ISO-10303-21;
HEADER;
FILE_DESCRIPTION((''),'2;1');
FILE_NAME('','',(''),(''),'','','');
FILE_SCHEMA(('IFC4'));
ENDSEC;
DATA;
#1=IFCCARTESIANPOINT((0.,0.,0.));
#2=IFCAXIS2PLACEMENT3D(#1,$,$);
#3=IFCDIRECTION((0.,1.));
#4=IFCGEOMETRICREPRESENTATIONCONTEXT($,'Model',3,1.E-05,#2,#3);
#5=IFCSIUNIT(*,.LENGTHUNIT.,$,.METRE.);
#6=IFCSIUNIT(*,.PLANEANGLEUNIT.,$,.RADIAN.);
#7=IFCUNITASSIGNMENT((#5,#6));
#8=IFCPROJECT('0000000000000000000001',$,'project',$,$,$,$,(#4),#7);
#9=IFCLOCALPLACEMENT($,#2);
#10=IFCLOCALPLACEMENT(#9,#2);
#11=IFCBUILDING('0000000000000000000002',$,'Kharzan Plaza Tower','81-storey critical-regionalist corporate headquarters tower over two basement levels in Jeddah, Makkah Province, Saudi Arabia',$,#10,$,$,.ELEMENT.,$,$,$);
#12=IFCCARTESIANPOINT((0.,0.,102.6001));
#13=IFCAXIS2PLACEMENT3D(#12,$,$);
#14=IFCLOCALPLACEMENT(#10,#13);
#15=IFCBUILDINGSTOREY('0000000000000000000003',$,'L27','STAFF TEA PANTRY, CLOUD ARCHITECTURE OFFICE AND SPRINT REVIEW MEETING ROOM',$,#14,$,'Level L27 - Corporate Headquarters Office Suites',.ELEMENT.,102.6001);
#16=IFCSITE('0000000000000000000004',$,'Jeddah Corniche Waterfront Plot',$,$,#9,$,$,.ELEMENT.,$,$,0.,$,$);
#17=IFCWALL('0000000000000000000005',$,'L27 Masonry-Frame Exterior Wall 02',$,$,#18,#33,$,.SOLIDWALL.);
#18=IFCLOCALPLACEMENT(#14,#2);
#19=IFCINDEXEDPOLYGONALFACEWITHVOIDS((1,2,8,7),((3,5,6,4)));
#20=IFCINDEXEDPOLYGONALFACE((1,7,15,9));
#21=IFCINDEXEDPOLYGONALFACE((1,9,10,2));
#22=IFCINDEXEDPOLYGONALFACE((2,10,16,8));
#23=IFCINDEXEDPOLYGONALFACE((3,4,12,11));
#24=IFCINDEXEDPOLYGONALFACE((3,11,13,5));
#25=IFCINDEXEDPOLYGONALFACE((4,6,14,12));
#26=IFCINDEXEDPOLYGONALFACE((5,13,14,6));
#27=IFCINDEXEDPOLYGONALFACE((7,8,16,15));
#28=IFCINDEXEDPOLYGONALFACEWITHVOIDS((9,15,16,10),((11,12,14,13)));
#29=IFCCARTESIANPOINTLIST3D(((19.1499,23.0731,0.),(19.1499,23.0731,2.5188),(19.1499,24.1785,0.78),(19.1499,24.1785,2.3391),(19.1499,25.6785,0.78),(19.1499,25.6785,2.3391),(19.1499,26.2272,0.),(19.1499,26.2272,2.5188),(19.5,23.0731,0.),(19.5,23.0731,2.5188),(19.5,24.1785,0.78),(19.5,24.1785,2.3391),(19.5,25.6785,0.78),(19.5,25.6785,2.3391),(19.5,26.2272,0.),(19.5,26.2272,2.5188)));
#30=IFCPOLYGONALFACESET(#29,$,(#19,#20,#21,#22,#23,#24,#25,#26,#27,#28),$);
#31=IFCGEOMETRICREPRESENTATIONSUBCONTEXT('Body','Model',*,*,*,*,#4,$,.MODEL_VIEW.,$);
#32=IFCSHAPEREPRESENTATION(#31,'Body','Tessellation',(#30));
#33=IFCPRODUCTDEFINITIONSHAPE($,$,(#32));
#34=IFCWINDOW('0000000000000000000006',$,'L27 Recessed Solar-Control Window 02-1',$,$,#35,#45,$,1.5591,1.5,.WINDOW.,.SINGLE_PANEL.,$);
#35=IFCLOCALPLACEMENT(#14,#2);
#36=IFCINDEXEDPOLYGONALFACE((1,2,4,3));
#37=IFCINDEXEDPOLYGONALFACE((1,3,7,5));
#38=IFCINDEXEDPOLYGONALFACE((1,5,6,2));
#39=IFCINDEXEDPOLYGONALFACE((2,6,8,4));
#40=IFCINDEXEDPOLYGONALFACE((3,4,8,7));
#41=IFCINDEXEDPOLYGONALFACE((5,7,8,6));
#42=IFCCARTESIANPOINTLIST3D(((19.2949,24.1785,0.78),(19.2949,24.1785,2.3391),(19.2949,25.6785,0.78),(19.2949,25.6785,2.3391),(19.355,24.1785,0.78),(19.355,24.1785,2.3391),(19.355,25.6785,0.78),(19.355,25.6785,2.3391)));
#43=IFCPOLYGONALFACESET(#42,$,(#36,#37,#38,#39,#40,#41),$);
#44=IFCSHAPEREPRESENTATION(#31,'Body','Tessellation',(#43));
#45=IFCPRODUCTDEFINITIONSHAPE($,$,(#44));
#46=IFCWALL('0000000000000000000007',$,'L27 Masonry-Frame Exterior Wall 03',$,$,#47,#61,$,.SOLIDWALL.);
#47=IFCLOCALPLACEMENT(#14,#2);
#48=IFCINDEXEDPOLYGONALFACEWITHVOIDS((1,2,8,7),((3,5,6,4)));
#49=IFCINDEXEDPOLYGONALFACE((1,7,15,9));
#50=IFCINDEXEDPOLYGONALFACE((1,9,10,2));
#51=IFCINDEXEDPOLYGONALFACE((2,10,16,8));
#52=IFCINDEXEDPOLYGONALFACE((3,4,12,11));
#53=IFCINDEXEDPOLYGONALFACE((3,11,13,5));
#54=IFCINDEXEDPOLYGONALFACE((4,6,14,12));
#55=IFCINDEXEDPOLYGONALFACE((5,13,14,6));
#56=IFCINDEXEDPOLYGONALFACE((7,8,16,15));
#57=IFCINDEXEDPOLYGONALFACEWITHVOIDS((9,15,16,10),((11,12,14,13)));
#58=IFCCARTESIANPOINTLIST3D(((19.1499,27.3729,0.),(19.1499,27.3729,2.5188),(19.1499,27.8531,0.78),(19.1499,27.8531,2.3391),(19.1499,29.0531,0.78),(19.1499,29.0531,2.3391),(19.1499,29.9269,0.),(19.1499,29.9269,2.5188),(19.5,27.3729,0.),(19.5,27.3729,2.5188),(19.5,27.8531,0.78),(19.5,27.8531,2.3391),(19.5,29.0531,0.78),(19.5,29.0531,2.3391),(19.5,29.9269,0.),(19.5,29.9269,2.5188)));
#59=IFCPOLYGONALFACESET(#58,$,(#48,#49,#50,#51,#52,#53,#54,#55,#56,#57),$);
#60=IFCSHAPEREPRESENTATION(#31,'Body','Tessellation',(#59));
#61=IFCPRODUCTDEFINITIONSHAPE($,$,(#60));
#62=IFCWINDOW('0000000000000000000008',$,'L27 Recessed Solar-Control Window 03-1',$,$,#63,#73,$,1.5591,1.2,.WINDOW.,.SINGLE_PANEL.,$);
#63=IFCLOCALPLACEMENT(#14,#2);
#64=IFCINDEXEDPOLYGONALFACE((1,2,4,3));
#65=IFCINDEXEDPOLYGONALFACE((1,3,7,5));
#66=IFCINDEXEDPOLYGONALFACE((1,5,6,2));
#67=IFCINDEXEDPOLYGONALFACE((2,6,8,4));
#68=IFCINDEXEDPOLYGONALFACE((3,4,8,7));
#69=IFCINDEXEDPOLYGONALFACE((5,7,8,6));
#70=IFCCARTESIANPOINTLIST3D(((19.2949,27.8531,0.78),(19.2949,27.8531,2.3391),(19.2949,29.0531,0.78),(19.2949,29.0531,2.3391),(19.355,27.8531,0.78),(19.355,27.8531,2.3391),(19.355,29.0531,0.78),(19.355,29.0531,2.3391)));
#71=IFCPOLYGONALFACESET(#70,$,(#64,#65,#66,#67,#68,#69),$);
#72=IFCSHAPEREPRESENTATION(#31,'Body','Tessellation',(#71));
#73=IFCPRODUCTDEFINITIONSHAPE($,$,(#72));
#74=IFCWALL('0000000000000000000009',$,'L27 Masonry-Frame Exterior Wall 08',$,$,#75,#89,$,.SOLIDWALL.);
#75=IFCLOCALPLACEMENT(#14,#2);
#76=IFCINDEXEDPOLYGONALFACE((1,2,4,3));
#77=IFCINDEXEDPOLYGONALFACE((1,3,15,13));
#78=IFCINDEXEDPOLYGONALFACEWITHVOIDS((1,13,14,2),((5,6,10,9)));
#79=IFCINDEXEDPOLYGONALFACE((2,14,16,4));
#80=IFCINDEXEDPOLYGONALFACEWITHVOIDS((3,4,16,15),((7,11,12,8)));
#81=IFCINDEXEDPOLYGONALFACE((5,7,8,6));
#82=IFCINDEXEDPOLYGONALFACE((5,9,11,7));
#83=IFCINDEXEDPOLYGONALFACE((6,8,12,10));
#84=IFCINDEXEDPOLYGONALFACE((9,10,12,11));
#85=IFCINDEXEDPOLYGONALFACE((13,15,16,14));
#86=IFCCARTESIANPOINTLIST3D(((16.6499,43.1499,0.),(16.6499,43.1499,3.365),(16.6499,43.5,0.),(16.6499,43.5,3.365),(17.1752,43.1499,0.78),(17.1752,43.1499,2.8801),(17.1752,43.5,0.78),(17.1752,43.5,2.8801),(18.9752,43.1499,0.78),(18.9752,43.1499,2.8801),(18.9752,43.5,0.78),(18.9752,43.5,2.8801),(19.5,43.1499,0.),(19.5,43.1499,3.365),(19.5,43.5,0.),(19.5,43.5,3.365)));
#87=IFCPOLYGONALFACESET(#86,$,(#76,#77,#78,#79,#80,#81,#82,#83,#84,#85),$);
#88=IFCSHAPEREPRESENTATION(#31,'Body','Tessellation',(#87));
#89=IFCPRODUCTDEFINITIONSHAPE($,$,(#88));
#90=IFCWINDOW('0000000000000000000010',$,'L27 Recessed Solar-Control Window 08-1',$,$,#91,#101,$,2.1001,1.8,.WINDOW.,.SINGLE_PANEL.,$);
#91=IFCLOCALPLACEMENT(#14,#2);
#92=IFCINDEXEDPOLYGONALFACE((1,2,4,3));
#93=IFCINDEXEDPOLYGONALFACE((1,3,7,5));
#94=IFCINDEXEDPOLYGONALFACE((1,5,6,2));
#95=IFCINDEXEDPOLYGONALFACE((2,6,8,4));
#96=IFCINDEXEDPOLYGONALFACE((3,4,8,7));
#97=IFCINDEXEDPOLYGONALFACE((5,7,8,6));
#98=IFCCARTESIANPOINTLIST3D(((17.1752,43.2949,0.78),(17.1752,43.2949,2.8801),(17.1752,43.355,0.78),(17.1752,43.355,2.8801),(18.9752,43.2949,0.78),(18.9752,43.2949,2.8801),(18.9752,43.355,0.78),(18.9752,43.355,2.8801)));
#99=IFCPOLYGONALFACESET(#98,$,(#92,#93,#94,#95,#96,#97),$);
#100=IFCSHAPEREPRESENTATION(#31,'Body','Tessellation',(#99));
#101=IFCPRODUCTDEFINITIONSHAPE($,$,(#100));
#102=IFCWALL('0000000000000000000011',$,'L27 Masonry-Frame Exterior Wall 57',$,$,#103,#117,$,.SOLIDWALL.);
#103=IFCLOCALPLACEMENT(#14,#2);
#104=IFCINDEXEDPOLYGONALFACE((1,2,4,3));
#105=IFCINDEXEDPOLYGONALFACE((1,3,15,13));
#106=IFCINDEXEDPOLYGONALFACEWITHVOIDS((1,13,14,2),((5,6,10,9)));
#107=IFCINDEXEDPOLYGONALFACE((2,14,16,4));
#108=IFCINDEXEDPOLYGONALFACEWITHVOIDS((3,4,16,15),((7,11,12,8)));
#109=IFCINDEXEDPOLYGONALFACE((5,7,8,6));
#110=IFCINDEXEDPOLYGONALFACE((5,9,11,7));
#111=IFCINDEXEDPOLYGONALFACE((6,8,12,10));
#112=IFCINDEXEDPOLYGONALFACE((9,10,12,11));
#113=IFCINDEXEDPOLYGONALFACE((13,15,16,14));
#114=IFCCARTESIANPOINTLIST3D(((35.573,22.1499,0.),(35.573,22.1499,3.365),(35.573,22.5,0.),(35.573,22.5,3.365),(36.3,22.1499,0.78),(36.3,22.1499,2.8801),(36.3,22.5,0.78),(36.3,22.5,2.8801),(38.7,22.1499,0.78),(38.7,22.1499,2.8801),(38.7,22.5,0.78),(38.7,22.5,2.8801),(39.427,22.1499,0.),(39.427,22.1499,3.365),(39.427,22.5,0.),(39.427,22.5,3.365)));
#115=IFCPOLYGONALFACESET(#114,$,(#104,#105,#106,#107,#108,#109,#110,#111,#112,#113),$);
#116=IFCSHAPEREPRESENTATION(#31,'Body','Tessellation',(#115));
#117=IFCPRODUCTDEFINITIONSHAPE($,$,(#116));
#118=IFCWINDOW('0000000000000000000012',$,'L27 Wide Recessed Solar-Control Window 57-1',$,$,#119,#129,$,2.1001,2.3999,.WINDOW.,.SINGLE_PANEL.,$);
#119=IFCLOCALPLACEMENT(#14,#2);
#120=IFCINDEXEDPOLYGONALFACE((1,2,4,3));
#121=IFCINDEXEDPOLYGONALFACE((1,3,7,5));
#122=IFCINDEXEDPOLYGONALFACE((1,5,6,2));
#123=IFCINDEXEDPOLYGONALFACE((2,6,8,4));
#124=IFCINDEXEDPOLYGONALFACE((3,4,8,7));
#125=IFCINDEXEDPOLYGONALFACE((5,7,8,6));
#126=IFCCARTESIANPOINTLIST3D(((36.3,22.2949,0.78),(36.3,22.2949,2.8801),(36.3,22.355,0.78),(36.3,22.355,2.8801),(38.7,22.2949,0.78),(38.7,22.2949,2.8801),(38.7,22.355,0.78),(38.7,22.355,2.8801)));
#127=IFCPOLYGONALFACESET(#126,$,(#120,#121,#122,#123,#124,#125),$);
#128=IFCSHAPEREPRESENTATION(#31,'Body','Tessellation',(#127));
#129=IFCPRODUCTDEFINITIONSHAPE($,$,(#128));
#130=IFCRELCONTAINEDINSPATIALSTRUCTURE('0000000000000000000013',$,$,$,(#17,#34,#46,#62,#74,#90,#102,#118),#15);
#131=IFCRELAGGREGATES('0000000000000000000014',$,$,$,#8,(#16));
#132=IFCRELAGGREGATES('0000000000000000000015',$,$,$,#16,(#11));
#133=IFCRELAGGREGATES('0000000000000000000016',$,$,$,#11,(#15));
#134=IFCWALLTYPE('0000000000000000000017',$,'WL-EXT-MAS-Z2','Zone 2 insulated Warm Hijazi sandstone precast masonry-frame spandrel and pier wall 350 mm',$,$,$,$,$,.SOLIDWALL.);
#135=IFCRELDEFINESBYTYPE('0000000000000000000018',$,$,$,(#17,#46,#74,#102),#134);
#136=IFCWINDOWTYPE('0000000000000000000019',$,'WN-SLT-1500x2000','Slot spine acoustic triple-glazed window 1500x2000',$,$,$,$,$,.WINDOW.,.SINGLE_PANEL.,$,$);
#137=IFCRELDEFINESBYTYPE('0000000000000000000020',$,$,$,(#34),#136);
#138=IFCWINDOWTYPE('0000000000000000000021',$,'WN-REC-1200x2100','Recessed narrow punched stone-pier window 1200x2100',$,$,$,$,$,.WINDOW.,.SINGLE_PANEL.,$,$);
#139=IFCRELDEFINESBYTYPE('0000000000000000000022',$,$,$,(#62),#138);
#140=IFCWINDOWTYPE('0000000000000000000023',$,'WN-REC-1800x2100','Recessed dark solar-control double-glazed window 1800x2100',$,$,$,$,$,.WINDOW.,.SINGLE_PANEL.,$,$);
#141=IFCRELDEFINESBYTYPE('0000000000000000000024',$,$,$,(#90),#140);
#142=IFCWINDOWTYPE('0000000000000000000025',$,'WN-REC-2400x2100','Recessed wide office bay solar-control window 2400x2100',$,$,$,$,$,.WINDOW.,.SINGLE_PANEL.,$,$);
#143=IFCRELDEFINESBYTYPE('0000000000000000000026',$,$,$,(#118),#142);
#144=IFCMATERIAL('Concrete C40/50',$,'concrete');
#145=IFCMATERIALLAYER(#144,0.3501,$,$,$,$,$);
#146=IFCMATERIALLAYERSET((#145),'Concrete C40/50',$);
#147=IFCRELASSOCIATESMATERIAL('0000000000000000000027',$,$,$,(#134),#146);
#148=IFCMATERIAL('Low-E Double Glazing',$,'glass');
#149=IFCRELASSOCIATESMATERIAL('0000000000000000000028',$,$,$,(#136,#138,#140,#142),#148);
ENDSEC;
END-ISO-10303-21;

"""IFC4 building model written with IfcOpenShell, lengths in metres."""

from ifc_helpers import new_model, si_unit, direction, frame, frame_2d, origin, place, context, subcontext, project, spatial, rectangle, extrude, source, transform, mapped, material, layer, layer_set, type_object, element, fill, save


model = new_model("IFC4")

# Units and contexts
model_context = context("Model", 3, precision=1e-05, world=origin(), true_north=direction((0.0, 1.0)))
body_context = subcontext(model_context, "Body", "Model", "MODEL_VIEW")
ifc_project = project(units=[si_unit("LENGTHUNIT", "METRE"), si_unit("PLANEANGLEUNIT", "RADIAN")], contexts=[model_context])

# Site, building, storey
site_placement = place(None, origin())
site = spatial("IfcSite", under=ifc_project, at=site_placement, Name="Jeddah Corniche Waterfront Plot", CompositionType="ELEMENT", RefElevation=0.0)
building_placement = place(site_placement, origin())
building = spatial("IfcBuilding", under=site, at=building_placement, Name="Kharzan Plaza Tower", Description="81-storey critical-regionalist corporate headquarters tower over two basement levels in Jeddah, Makkah Province, Saudi Arabia", CompositionType="ELEMENT")
storey_placement = place(building_placement, frame((0.0, 0.0, 102.6001)))
storey = spatial("IfcBuildingStorey", under=building, at=storey_placement, Name="L27", Description="STAFF TEA PANTRY, CLOUD ARCHITECTURE OFFICE AND SPRINT REVIEW MEETING ROOM", LongName="Level L27 - Corporate Headquarters Office Suites", CompositionType="ELEMENT", Elevation=102.6001)

# Walls, openings, windows
ifc_material_1 = material(Name="Concrete C40/50", Category="concrete")
ifc_layer_1 = layer(ifc_material_1, 0.3501)
ifc_layer_set_1 = layer_set([ifc_layer_1], Name="Concrete C40/50")
wall_type_1 = type_object("IfcWallType", Name="WL-EXT-MAS-Z2", Description="Zone 2 insulated Warm Hijazi sandstone precast masonry-frame spandrel and pier wall 350 mm", PredefinedType="SOLIDWALL", material=ifc_layer_set_1)
wall_1_placement = place(storey_placement, frame((19.325, 23.073, 0.0), z_axis=(0.0, 0.0, 1.0), x_axis=(0.0, 1.0, 0.0)))
wall_1 = element("IfcWall", 1, at=wall_1_placement, inside=storey, type_object=wall_type_1, Name="L27 Masonry-Frame Exterior Wall 02", PredefinedType="SOLIDWALL", context=body_context, shape_type="SweptSolid", body=[
    extrude(rectangle(XDim=3.1541, YDim=0.3501, at=frame_2d((1.5771, 0.0))), origin(), (0.0, 0.0, 1.0), 2.5188),
])
opening_1_placement = place(wall_1_placement, frame((1.1055, 0.0, 0.78)))
opening_1 = element("IfcOpeningElement", 2, at=opening_1_placement, cuts=wall_1, PredefinedType="OPENING", context=body_context, shape_type="SweptSolid", body=[
    extrude(rectangle(XDim=1.5, YDim=1.5591, at=frame_2d((0.75, 0.7795))), frame((0.0, 0.1851, 0.0), z_axis=(0.0, -1.0, 0.0), x_axis=(1.0, 0.0, 0.0)), (0.0, 0.0, 1.0), 0.3701),
])
ifc_material_2 = material(Name="Low-E Double Glazing", Category="glass")
window_type_1 = type_object("IfcWindowType", Name="WN-SLT-1500x2000", Description="Slot spine acoustic triple-glazed window 1500x2000", PartitioningType="SINGLE_PANEL", PredefinedType="WINDOW", material=ifc_material_2)
shared_shape_1 = source(origin(), body_context, "Body", "SweptSolid", [
    extrude(rectangle(XDim=1.5, YDim=1.5591, at=frame_2d((0.75, 0.7795))), frame((0.0, 0.03, 0.0), z_axis=(0.0, -1.0, 0.0), x_axis=(1.0, 0.0, 0.0)), (0.0, 0.0, 1.0), 0.0601),
])
window_1_placement = place(opening_1_placement, origin())
window_1 = element("IfcWindow", 3, at=window_1_placement, inside=storey, type_object=window_type_1, Name="L27 Recessed Solar-Control Window 02-1", OverallHeight=1.5591, OverallWidth=1.5, PartitioningType="SINGLE_PANEL", PredefinedType="WINDOW", context=body_context, shape_type="MappedRepresentation", body=[
    mapped(shared_shape_1, transform((0.0, 0.0, 0.0), x_axis=(1.0, 0.0, 0.0), y_axis=(0.0, 1.0, 0.0), z_axis=(0.0, 0.0, 1.0))),
])
fill(opening_1, window_1)
wall_2_placement = place(storey_placement, frame((19.325, 27.373, 0.0), z_axis=(0.0, 0.0, 1.0), x_axis=(0.0, 1.0, 0.0)))
wall_2 = element("IfcWall", 4, at=wall_2_placement, inside=storey, type_object=wall_type_1, Name="L27 Masonry-Frame Exterior Wall 03", PredefinedType="SOLIDWALL", context=body_context, shape_type="SweptSolid", body=[
    extrude(rectangle(XDim=2.554, YDim=0.3501, at=frame_2d((1.2769, 0.0))), origin(), (0.0, 0.0, 1.0), 2.5188),
])
opening_2_placement = place(wall_2_placement, frame((0.48, 0.0, 0.78)))
opening_2 = element("IfcOpeningElement", 5, at=opening_2_placement, cuts=wall_2, PredefinedType="OPENING", context=body_context, shape_type="SweptSolid", body=[
    extrude(rectangle(XDim=1.2, YDim=1.5591, at=frame_2d((0.6001, 0.7795))), frame((0.0, 0.1851, 0.0), z_axis=(0.0, -1.0, 0.0), x_axis=(1.0, 0.0, 0.0)), (0.0, 0.0, 1.0), 0.3701),
])
window_type_2 = type_object("IfcWindowType", Name="WN-REC-1200x2100", Description="Recessed narrow punched stone-pier window 1200x2100", PartitioningType="SINGLE_PANEL", PredefinedType="WINDOW", material=ifc_material_2)
shared_shape_2 = source(origin(), body_context, "Body", "SweptSolid", [
    extrude(rectangle(XDim=1.2, YDim=1.5591, at=frame_2d((0.6001, 0.7795))), frame((0.0, 0.03, 0.0), z_axis=(0.0, -1.0, 0.0), x_axis=(1.0, 0.0, 0.0)), (0.0, 0.0, 1.0), 0.0601),
])
window_2_placement = place(opening_2_placement, origin())
window_2 = element("IfcWindow", 6, at=window_2_placement, inside=storey, type_object=window_type_2, Name="L27 Recessed Solar-Control Window 03-1", OverallHeight=1.5591, OverallWidth=1.2, PartitioningType="SINGLE_PANEL", PredefinedType="WINDOW", context=body_context, shape_type="MappedRepresentation", body=[
    mapped(shared_shape_2, transform((0.0, 0.0, 0.0), x_axis=(1.0, 0.0, 0.0), y_axis=(0.0, 1.0, 0.0), z_axis=(0.0, 0.0, 1.0))),
])
fill(opening_2, window_2)
wall_3_placement = place(storey_placement, frame((19.5, 43.325, 0.0), z_axis=(0.0, 0.0, 1.0), x_axis=(-1.0, 0.0, 0.0)))
wall_3 = element("IfcWall", 7, at=wall_3_placement, inside=storey, type_object=wall_type_1, Name="L27 Masonry-Frame Exterior Wall 08", PredefinedType="SOLIDWALL", context=body_context, shape_type="SweptSolid", body=[
    extrude(rectangle(XDim=2.8501, YDim=0.3501, at=frame_2d((1.425, 0.0))), origin(), (0.0, 0.0, 1.0), 3.365),
])
opening_3_placement = place(wall_3_placement, frame((0.5249, 0.0, 0.78)))
opening_3 = element("IfcOpeningElement", 8, at=opening_3_placement, cuts=wall_3, PredefinedType="OPENING", context=body_context, shape_type="SweptSolid", body=[
    extrude(rectangle(XDim=1.8, YDim=2.1001, at=frame_2d((0.8999, 1.05))), frame((0.0, 0.1851, 0.0), z_axis=(0.0, -1.0, 0.0), x_axis=(1.0, 0.0, 0.0)), (0.0, 0.0, 1.0), 0.3701),
])
window_type_3 = type_object("IfcWindowType", Name="WN-REC-1800x2100", Description="Recessed dark solar-control double-glazed window 1800x2100", PartitioningType="SINGLE_PANEL", PredefinedType="WINDOW", material=ifc_material_2)
shared_shape_3 = source(origin(), body_context, "Body", "SweptSolid", [
    extrude(rectangle(XDim=1.8, YDim=2.1001, at=frame_2d((0.8999, 1.05))), frame((0.0, 0.03, 0.0), z_axis=(0.0, -1.0, 0.0), x_axis=(1.0, 0.0, 0.0)), (0.0, 0.0, 1.0), 0.0601),
])
window_3_placement = place(opening_3_placement, origin())
window_3 = element("IfcWindow", 9, at=window_3_placement, inside=storey, type_object=window_type_3, Name="L27 Recessed Solar-Control Window 08-1", OverallHeight=2.1001, OverallWidth=1.8, PartitioningType="SINGLE_PANEL", PredefinedType="WINDOW", context=body_context, shape_type="MappedRepresentation", body=[
    mapped(shared_shape_3, transform((0.0, 0.0, 0.0), x_axis=(1.0, 0.0, 0.0), y_axis=(0.0, 1.0, 0.0), z_axis=(0.0, 0.0, 1.0))),
])
fill(opening_3, window_3)
wall_4_placement = place(storey_placement, frame((39.427, 22.325, 0.0), z_axis=(0.0, 0.0, 1.0), x_axis=(-1.0, 0.0, 0.0)))
wall_4 = element("IfcWall", 10, at=wall_4_placement, inside=storey, type_object=wall_type_1, Name="L27 Masonry-Frame Exterior Wall 57", PredefinedType="SOLIDWALL", context=body_context, shape_type="SweptSolid", body=[
    extrude(rectangle(XDim=3.854, YDim=0.3501, at=frame_2d((1.927, 0.0))), origin(), (0.0, 0.0, 1.0), 3.365),
])
opening_4_placement = place(wall_4_placement, frame((0.7271, 0.0, 0.78)))
opening_4 = element("IfcOpeningElement", 11, at=opening_4_placement, cuts=wall_4, PredefinedType="OPENING", context=body_context, shape_type="SweptSolid", body=[
    extrude(rectangle(XDim=2.3999, YDim=2.1001, at=frame_2d((1.2, 1.05))), frame((0.0, 0.1851, 0.0), z_axis=(0.0, -1.0, 0.0), x_axis=(1.0, 0.0, 0.0)), (0.0, 0.0, 1.0), 0.3701),
])
window_type_4 = type_object("IfcWindowType", Name="WN-REC-2400x2100", Description="Recessed wide office bay solar-control window 2400x2100", PartitioningType="SINGLE_PANEL", PredefinedType="WINDOW", material=ifc_material_2)
shared_shape_4 = source(origin(), body_context, "Body", "SweptSolid", [
    extrude(rectangle(XDim=2.3999, YDim=2.1001, at=frame_2d((1.2, 1.05))), frame((0.0, 0.03, 0.0), z_axis=(0.0, -1.0, 0.0), x_axis=(1.0, 0.0, 0.0)), (0.0, 0.0, 1.0), 0.0601),
])
window_4_placement = place(opening_4_placement, origin())
window_4 = element("IfcWindow", 12, at=window_4_placement, inside=storey, type_object=window_type_4, Name="L27 Wide Recessed Solar-Control Window 57-1", OverallHeight=2.1001, OverallWidth=2.3999, PartitioningType="SINGLE_PANEL", PredefinedType="WINDOW", context=body_context, shape_type="MappedRepresentation", body=[
    mapped(shared_shape_4, transform((0.0, 0.0, 0.0), x_axis=(1.0, 0.0, 0.0), y_axis=(0.0, 1.0, 0.0), z_axis=(0.0, 0.0, 1.0))),
])
fill(opening_4, window_4)

save(model, "model.ifc")
